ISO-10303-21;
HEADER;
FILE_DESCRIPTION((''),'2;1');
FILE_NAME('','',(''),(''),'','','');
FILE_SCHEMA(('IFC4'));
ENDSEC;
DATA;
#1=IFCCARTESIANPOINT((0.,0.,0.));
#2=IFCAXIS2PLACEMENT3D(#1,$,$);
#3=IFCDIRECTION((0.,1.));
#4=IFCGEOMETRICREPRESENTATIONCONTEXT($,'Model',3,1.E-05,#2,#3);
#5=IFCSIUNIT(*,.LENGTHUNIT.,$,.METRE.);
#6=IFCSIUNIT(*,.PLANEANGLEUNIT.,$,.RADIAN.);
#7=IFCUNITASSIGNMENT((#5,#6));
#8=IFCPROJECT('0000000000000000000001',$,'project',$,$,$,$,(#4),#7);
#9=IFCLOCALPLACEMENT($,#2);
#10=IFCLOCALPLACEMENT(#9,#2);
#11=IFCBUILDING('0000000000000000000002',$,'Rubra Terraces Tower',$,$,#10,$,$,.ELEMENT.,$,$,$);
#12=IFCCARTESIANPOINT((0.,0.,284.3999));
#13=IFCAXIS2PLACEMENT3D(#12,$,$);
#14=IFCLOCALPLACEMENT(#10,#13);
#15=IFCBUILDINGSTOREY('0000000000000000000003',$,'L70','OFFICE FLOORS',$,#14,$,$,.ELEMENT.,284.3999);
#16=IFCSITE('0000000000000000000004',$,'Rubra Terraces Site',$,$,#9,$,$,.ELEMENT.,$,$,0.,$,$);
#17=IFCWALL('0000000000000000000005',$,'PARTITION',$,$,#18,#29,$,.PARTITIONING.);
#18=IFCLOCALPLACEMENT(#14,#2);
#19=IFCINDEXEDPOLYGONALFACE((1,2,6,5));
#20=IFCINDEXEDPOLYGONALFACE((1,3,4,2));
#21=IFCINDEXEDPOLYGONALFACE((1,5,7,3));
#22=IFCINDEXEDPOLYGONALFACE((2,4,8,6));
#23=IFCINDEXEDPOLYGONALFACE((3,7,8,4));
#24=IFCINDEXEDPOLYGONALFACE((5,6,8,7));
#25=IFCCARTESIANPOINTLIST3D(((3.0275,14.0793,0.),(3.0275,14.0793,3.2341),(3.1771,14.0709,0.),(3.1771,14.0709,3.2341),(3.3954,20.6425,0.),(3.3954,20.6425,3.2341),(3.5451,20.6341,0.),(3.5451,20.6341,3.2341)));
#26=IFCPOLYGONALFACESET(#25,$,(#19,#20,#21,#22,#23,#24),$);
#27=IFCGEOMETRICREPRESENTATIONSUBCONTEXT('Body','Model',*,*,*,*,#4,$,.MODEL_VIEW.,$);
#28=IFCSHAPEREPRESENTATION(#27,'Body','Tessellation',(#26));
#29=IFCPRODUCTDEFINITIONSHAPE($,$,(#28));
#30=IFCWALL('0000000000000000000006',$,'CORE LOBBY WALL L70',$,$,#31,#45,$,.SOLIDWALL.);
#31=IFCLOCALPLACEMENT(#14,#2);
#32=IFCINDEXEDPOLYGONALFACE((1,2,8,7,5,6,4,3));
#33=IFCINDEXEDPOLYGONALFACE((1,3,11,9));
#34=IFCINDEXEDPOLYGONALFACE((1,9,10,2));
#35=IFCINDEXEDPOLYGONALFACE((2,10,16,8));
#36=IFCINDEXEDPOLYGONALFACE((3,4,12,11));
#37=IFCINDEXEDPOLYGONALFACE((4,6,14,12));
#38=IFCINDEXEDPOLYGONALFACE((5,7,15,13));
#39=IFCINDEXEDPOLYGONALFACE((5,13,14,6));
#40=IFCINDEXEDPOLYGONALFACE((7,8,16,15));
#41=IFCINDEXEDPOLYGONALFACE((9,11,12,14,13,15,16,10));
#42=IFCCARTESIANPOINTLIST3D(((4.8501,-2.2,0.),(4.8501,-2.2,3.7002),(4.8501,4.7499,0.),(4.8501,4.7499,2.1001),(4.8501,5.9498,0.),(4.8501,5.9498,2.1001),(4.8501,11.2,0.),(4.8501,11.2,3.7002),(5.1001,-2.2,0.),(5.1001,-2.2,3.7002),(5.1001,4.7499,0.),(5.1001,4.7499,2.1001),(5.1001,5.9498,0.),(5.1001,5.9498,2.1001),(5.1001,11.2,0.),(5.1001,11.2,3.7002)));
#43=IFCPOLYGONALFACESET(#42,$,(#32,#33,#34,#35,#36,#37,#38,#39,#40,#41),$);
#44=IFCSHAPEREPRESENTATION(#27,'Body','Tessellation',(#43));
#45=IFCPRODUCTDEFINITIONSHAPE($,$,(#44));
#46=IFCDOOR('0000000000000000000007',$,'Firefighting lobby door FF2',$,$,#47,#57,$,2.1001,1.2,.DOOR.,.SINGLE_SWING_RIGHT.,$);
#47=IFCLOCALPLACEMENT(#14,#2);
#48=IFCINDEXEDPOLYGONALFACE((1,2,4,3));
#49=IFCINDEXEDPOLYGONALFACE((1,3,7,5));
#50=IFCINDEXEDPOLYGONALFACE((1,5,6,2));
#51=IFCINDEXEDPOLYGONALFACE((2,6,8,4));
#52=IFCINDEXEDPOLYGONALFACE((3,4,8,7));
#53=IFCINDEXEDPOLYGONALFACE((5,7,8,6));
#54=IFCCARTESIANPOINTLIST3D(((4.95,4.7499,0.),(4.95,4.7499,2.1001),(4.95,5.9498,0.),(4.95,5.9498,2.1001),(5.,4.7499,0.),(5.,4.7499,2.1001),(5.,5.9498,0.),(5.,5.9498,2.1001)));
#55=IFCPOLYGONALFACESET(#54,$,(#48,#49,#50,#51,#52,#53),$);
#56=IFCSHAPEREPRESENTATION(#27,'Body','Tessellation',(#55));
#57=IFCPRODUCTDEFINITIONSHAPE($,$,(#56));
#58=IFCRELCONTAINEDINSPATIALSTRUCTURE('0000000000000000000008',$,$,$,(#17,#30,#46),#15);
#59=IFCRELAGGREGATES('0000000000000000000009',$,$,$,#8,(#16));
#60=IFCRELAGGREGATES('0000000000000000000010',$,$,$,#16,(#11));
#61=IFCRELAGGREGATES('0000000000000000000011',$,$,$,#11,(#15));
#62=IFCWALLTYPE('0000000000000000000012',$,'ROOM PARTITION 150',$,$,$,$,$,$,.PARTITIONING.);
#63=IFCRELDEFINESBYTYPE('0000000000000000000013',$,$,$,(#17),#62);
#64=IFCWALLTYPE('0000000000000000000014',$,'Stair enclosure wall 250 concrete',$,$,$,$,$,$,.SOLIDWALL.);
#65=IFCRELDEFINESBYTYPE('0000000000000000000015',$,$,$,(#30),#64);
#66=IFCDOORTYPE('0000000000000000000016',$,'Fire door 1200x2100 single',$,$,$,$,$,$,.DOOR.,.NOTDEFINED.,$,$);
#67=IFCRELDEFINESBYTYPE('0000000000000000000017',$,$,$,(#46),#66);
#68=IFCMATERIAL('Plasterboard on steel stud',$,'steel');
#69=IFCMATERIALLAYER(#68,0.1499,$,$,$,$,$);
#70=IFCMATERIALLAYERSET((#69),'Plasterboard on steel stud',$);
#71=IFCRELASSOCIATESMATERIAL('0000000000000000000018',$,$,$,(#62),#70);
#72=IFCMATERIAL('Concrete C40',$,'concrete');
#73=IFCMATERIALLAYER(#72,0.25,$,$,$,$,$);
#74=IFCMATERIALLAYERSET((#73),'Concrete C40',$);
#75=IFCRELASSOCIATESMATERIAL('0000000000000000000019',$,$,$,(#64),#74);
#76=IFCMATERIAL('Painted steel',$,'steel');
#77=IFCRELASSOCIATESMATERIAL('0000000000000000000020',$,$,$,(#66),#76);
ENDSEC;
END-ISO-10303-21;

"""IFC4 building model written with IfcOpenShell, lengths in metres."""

from ifc_helpers import new_model, si_unit, direction, frame, frame_2d, origin, place, context, subcontext, project, spatial, rectangle, extrude, material, layer, layer_set, type_object, element, fill, save


model = new_model("IFC4")

# Units and contexts
model_context = context("Model", 3, precision=1e-05, world=origin(), true_north=direction((0.0, 1.0)))
body_context = subcontext(model_context, "Body", "Model", "MODEL_VIEW")
ifc_project = project(units=[si_unit("LENGTHUNIT", "METRE"), si_unit("PLANEANGLEUNIT", "RADIAN")], contexts=[model_context])

# Site, building, storey
site_placement = place(None, origin())
site = spatial("IfcSite", under=ifc_project, at=site_placement, Name="Rubra Terraces Site", CompositionType="ELEMENT", RefElevation=0.0)
building_placement = place(site_placement, origin())
building = spatial("IfcBuilding", under=site, at=building_placement, Name="Rubra Terraces Tower", CompositionType="ELEMENT")
storey_placement = place(building_placement, frame((0.0, 0.0, 284.3999)))
storey = spatial("IfcBuildingStorey", under=building, at=storey_placement, Name="L70", Description="OFFICE FLOORS", CompositionType="ELEMENT", Elevation=284.3999)

# Wall
ifc_material_1 = material(Name="Concrete C40", Category="concrete")
ifc_material_2 = material(Name="Plasterboard on steel stud", Category="steel")
ifc_layer_1 = layer(ifc_material_2, 0.1499)
ifc_layer_set_1 = layer_set([ifc_layer_1], Name="Plasterboard on steel stud")
wall_type_1 = type_object("IfcWallType", Name="ROOM PARTITION 150", PredefinedType="PARTITIONING", material=ifc_layer_set_1)
wall_1_placement = place(storey_placement, frame((3.4702, 20.6382, 0.0), z_axis=(0.0, 0.0, 1.0), x_axis=(-0.05597, -0.998432, 0.0)))
element("IfcWall", 1, at=wall_1_placement, inside=storey, type_object=wall_type_1, Name="PARTITION", PredefinedType="PARTITIONING", context=body_context, shape_type="SweptSolid", body=[
    extrude(rectangle(XDim=6.5735, YDim=0.1499, at=frame_2d((3.2866, 0.0))), origin(), (0.0, 0.0, 1.0), 3.2341),
])

# Wall, opening, door
ifc_layer_2 = layer(ifc_material_1, 0.25)
ifc_layer_set_2 = layer_set([ifc_layer_2], Name="Concrete C40")
wall_type_2 = type_object("IfcWallType", Name="Stair enclosure wall 250 concrete", PredefinedType="SOLIDWALL", material=ifc_layer_set_2)
wall_2_placement = place(storey_placement, frame((4.9751, 11.2, 0.0), z_axis=(0.0, 0.0, 1.0), x_axis=(0.0, -1.0, 0.0)))
wall_2 = element("IfcWall", 2, at=wall_2_placement, inside=storey, type_object=wall_type_2, Name="CORE LOBBY WALL L70", PredefinedType="SOLIDWALL", context=body_context, shape_type="SweptSolid", body=[
    extrude(rectangle(XDim=13.3999, YDim=0.25, at=frame_2d((6.7, 0.0))), origin(), (0.0, 0.0, 1.0), 3.7002),
])
opening_1_placement = place(wall_2_placement, frame((5.25, 0.0, 0.0)))
opening_1 = element("IfcOpeningElement", 3, at=opening_1_placement, cuts=wall_2, PredefinedType="OPENING", context=body_context, shape_type="SweptSolid", body=[
    extrude(rectangle(XDim=1.2, YDim=2.1001, at=frame_2d((0.6001, 1.05))), frame((0.0, 0.135, 0.0), z_axis=(0.0, -1.0, 0.0), x_axis=(1.0, 0.0, 0.0)), (0.0, 0.0, 1.0), 0.27),
])
ifc_material_3 = material(Name="Painted steel", Category="steel")
door_type_1 = type_object("IfcDoorType", Name="Fire door 1200x2100 single", OperationType="NOTDEFINED", PredefinedType="DOOR", material=ifc_material_3)
door_1_placement = place(opening_1_placement, origin())
door_1 = element("IfcDoor", 4, at=door_1_placement, inside=storey, type_object=door_type_1, Name="Firefighting lobby door FF2", OperationType="SINGLE_SWING_RIGHT", OverallHeight=2.1001, OverallWidth=1.2, PredefinedType="DOOR", context=body_context, shape_type="SweptSolid", body=[
    extrude(rectangle(XDim=1.2, YDim=2.1001, at=frame_2d((0.6001, 1.05))), frame((0.0, 0.0249, 0.0), z_axis=(0.0, -1.0, 0.0), x_axis=(1.0, 0.0, 0.0)), (0.0, 0.0, 1.0), 0.05),
])
fill(opening_1, door_1)

save(model, "model.ifc")
